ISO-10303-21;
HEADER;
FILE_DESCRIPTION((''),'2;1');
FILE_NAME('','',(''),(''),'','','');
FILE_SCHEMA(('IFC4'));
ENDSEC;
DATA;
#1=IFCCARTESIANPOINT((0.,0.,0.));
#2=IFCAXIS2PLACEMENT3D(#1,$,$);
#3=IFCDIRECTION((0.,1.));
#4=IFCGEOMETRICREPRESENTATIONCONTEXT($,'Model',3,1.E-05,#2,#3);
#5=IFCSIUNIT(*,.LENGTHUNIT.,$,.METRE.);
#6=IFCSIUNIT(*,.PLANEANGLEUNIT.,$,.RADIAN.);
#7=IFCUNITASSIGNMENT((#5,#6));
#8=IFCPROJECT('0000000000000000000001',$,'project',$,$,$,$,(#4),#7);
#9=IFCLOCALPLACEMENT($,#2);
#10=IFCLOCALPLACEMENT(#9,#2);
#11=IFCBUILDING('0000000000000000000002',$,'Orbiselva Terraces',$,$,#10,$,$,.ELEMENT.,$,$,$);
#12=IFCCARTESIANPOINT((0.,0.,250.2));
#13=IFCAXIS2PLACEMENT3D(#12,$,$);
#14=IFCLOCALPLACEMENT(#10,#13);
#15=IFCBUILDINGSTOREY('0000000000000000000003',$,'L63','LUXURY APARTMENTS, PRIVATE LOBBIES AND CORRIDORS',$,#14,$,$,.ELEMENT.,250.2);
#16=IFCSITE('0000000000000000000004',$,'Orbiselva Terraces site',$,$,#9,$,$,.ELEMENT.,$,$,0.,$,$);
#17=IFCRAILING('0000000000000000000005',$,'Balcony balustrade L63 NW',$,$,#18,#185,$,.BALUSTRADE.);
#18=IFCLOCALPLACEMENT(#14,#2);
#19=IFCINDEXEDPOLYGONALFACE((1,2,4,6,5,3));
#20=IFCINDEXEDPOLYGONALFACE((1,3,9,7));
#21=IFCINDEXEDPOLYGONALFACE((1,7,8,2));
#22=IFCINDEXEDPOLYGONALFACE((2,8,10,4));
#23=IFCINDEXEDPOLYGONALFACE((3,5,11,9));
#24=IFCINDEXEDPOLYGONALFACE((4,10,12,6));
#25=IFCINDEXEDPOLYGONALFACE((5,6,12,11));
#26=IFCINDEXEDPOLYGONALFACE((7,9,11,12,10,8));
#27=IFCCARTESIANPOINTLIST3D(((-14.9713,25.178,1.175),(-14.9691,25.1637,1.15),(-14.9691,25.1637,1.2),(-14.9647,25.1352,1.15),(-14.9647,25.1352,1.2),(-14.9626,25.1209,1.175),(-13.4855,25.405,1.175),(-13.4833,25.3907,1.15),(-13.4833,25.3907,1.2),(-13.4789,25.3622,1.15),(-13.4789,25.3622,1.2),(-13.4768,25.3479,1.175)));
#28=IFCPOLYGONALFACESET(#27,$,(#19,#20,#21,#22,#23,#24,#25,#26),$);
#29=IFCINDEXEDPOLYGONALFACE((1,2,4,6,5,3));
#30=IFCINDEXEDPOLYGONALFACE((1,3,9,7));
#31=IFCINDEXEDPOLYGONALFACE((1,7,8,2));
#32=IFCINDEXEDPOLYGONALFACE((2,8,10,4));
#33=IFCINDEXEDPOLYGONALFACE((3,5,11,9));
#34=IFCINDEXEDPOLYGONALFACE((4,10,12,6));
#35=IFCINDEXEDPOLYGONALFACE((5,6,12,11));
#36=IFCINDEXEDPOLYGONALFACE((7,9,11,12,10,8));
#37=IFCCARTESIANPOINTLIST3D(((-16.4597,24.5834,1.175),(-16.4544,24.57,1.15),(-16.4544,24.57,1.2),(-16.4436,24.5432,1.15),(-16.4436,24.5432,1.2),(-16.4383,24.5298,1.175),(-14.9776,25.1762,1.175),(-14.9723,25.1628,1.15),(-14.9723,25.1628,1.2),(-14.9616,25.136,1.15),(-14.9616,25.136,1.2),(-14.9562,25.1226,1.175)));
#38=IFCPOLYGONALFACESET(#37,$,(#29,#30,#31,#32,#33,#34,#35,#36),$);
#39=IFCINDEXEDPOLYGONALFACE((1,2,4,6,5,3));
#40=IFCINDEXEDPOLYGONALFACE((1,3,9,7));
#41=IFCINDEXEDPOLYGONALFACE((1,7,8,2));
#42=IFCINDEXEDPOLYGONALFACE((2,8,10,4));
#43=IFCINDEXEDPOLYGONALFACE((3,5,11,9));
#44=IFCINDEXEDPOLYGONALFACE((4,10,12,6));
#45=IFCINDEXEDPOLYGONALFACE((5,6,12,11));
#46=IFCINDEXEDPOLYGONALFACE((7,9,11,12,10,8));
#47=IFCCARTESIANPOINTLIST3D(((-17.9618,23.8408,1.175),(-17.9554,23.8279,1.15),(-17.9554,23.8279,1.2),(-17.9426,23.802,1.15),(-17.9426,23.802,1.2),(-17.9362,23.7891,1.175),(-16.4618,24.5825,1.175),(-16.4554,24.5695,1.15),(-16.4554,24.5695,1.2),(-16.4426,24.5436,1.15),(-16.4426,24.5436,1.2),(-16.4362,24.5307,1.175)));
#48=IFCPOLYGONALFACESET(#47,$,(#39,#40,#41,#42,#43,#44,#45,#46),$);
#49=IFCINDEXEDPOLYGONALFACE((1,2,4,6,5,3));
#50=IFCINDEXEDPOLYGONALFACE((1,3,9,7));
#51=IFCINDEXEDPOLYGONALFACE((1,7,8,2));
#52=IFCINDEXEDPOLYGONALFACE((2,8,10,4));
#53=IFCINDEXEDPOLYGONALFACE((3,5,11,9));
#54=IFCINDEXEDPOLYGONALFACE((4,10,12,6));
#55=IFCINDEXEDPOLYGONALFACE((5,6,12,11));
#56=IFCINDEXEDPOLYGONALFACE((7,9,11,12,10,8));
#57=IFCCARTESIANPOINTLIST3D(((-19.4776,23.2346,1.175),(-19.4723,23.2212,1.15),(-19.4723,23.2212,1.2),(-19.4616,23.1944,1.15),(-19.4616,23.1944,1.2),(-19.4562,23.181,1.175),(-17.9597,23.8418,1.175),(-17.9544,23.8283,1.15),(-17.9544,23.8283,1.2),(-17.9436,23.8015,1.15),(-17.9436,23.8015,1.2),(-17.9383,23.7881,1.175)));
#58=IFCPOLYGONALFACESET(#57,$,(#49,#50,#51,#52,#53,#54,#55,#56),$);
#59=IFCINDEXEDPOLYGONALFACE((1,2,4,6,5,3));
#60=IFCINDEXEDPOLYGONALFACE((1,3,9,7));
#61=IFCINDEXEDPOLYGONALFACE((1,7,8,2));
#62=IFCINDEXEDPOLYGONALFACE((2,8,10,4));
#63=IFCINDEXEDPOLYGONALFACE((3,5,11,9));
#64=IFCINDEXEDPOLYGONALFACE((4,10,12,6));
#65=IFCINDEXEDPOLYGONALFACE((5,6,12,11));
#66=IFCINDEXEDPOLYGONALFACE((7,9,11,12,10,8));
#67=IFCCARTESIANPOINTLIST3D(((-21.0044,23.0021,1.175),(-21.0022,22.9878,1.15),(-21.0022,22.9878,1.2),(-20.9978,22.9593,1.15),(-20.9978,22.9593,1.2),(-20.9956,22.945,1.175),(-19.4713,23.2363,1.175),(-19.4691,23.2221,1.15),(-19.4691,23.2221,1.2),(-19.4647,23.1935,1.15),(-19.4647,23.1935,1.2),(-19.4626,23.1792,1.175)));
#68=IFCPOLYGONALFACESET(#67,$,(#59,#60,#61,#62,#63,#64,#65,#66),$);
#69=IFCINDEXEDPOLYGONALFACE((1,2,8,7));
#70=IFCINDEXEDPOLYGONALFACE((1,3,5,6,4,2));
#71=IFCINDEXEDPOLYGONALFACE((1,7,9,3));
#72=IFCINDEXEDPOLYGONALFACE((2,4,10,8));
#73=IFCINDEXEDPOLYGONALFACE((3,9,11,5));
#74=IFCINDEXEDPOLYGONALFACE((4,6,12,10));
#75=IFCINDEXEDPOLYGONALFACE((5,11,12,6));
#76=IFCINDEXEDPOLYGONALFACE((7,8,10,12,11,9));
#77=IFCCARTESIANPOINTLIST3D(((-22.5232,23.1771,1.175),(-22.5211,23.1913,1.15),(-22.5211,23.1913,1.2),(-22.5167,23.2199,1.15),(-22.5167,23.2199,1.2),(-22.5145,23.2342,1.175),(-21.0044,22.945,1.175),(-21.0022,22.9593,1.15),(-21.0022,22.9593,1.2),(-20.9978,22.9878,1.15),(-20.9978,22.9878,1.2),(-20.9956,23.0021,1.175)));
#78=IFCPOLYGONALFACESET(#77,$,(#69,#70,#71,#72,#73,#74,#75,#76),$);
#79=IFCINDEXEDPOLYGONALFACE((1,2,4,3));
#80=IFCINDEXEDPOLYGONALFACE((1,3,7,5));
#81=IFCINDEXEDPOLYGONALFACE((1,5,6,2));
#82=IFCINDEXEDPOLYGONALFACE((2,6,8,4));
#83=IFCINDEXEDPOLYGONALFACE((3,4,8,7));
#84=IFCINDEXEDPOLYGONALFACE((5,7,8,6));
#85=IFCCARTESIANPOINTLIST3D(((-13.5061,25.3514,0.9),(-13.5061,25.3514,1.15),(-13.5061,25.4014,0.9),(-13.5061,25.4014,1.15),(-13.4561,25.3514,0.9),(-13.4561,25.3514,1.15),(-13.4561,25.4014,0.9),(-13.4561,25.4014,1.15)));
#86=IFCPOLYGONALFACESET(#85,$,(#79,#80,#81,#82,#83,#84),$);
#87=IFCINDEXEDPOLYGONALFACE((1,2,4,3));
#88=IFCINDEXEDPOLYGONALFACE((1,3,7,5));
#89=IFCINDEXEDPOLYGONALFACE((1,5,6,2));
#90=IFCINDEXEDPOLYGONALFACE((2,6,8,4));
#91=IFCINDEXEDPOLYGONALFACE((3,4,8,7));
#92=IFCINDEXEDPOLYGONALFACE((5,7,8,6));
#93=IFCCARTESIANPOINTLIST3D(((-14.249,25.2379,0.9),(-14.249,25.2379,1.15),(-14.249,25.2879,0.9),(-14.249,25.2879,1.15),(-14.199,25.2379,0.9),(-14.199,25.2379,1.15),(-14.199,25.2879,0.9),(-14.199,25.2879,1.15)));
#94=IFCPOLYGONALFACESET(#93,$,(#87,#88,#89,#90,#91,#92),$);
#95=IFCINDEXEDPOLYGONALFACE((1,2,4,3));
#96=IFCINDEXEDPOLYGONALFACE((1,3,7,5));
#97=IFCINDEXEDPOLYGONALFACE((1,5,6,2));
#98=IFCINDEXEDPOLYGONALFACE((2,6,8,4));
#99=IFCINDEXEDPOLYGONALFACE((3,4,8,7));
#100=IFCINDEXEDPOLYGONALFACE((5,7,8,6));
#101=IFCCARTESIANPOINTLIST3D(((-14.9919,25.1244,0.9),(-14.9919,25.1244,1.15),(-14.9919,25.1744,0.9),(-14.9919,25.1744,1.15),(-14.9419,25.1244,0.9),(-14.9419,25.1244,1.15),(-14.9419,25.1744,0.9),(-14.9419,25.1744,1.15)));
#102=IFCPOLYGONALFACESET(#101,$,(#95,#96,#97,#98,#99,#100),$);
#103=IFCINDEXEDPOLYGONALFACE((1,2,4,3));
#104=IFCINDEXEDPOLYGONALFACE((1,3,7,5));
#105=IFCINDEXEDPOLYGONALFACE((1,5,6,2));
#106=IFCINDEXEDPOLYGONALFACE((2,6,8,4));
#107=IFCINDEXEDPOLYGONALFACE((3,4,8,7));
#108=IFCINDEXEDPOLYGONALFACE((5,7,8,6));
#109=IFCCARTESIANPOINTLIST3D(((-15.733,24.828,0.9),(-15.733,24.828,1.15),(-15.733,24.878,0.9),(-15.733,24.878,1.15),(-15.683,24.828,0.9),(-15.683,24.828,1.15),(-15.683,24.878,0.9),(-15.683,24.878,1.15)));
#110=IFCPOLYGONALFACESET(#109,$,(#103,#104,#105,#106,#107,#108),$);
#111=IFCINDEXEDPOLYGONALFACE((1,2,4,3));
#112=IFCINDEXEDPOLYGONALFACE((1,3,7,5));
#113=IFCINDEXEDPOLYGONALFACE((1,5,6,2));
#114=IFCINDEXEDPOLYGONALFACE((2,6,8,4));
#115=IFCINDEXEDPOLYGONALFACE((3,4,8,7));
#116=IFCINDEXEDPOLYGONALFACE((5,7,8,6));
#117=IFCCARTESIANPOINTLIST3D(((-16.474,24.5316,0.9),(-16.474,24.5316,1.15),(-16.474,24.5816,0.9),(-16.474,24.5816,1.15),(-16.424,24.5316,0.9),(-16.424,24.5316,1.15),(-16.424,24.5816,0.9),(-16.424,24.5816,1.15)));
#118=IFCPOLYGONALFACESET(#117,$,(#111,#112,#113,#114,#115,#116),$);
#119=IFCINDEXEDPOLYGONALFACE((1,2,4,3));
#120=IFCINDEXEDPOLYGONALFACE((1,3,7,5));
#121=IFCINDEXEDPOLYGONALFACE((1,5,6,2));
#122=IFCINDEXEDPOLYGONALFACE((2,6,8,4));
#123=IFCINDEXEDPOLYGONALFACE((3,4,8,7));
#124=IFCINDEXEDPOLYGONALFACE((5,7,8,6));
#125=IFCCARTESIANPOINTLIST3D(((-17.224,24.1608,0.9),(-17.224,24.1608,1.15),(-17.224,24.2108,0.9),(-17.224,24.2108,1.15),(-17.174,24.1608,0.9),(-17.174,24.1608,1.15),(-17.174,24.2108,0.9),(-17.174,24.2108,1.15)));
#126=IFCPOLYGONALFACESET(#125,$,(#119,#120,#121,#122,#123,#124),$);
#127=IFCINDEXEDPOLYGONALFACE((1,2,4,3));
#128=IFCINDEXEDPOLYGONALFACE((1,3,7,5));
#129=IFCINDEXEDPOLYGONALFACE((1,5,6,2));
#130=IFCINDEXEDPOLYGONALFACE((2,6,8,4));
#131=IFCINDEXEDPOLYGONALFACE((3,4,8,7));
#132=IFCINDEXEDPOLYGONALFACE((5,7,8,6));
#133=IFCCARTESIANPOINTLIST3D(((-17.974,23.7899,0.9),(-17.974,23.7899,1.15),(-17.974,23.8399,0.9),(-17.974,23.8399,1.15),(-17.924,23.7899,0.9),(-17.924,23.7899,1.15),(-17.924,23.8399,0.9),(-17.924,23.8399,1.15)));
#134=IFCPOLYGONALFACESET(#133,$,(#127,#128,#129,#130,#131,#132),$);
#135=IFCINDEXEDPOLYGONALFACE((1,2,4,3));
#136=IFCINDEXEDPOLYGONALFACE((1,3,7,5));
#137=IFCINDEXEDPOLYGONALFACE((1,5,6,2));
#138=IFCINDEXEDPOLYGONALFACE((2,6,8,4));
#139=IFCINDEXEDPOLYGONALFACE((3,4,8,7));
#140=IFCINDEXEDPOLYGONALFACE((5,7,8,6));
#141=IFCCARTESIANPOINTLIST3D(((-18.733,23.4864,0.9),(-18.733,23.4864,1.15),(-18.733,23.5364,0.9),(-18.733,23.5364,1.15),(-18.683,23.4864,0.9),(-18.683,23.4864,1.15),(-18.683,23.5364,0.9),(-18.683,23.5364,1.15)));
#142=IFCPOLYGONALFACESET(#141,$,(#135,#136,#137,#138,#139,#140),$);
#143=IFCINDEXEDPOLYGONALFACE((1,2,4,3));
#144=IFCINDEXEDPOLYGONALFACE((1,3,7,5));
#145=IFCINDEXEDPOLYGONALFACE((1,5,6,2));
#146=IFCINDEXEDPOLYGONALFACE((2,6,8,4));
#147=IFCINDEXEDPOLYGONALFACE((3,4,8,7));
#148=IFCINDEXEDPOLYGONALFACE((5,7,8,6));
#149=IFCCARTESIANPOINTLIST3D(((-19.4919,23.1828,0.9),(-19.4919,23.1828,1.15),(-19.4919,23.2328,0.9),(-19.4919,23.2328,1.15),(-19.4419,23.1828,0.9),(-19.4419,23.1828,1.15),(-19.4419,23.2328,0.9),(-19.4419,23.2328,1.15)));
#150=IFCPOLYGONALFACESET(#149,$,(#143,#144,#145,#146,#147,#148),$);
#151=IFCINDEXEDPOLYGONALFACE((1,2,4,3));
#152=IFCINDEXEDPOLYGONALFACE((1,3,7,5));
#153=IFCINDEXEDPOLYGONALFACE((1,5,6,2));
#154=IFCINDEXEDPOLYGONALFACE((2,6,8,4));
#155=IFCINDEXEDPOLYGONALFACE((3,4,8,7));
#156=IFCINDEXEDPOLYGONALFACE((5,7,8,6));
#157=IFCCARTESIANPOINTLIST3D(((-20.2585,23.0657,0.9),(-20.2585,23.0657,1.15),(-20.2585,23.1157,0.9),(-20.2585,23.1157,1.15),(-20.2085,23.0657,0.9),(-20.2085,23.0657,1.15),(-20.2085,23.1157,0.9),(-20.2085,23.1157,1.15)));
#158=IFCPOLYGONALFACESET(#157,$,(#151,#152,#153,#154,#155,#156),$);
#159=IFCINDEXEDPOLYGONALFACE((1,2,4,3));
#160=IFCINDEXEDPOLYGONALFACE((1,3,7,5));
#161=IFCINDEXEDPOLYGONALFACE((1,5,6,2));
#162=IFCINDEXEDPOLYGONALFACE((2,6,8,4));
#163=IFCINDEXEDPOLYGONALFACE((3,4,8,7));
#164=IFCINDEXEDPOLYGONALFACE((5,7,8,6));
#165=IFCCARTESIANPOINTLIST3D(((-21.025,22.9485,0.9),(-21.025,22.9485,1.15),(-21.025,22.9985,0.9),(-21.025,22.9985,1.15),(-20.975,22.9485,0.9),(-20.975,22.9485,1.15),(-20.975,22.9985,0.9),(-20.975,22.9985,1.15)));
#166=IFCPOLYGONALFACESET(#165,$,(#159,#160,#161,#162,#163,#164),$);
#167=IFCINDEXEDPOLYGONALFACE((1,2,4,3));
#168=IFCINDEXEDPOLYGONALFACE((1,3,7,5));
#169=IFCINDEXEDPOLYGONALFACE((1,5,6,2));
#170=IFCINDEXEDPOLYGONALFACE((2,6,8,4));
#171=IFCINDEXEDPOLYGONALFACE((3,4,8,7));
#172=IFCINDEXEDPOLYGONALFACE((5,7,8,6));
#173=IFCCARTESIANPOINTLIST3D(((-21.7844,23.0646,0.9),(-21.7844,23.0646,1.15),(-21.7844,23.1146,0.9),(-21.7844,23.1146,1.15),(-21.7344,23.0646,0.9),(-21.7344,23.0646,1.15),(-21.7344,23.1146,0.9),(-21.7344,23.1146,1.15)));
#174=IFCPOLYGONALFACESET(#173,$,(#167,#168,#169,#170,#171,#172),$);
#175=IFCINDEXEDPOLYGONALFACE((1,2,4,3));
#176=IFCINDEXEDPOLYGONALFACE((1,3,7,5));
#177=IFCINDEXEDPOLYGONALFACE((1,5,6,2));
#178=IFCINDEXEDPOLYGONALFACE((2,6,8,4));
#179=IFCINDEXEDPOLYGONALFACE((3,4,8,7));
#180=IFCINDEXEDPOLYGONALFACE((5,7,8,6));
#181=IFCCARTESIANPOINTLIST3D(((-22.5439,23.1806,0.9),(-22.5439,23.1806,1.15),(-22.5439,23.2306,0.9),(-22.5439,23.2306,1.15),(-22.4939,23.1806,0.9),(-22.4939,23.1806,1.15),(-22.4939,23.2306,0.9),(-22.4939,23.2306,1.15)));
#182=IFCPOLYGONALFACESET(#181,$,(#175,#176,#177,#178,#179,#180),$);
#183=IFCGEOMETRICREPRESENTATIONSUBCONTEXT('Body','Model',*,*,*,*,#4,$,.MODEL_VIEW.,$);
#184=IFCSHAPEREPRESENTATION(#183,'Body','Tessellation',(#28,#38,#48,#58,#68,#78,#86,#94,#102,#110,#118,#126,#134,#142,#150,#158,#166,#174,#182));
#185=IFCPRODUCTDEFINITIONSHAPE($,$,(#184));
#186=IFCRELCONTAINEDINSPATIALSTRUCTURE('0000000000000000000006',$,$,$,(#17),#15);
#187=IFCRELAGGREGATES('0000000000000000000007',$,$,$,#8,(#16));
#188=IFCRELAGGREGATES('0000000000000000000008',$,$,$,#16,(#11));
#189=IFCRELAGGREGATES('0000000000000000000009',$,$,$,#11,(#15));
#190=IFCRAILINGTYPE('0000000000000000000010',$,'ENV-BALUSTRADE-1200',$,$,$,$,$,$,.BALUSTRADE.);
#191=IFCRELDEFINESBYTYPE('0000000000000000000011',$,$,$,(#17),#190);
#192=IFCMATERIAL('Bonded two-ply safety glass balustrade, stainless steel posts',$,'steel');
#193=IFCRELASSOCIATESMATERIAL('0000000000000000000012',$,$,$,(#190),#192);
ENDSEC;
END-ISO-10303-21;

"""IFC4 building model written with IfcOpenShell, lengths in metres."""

from ifc_helpers import new_model, si_unit, direction, frame, origin, origin_2d, place, context, subcontext, project, spatial, polyline, rectangle, outline, extrude, material, type_object, element, save


model = new_model("IFC4")

# Units and contexts
model_context = context("Model", 3, precision=1e-05, world=origin(), true_north=direction((0.0, 1.0)))
body_context = subcontext(model_context, "Body", "Model", "MODEL_VIEW")
ifc_project = project(units=[si_unit("LENGTHUNIT", "METRE"), si_unit("PLANEANGLEUNIT", "RADIAN")], contexts=[model_context])

# Site, building, storey
site_placement = place(None, origin())
site = spatial("IfcSite", under=ifc_project, at=site_placement, Name="Orbiselva Terraces site", CompositionType="ELEMENT", RefElevation=0.0)
building_placement = place(site_placement, origin())
building = spatial("IfcBuilding", under=site, at=building_placement, Name="Orbiselva Terraces", CompositionType="ELEMENT")
storey_placement = place(building_placement, frame((0.0, 0.0, 250.2)))
storey = spatial("IfcBuildingStorey", under=building, at=storey_placement, Name="L63", Description="LUXURY APARTMENTS, PRIVATE LOBBIES AND CORRIDORS", CompositionType="ELEMENT", Elevation=250.2)

# Railing
ifc_material_1 = material(Name="Bonded two-ply safety glass balustrade, stainless steel posts", Category="steel")
railing_type_1 = type_object("IfcRailingType", Name="ENV-BALUSTRADE-1200", PredefinedType="BALUSTRADE", material=ifc_material_1)
railing_1_placement = place(storey_placement, frame((-13.4811, 25.3764, 0.9)))
element("IfcRailing", 1, at=railing_1_placement, inside=storey, type_object=railing_type_1, Name="Balcony balustrade L63 NW", PredefinedType="BALUSTRADE", context=body_context, shape_type="SweptSolid", body=[
    extrude(outline(polyline([(0.0289, 0.0), (0.0144, 0.025), (-0.0144, 0.025), (-0.0289, 0.0), (-0.0144, -0.025), (0.0144, -0.025), (0.0289, 0.0)])), frame((0.0, 0.0, 0.275), z_axis=(-0.988529, -0.151034, 0.0), x_axis=(0.151034, -0.988529, 0.0)), (0.0, 0.0, 1.0), 1.503),
    extrude(outline(polyline([(0.0289, 0.0), (0.0144, 0.025), (-0.0144, 0.025), (-0.0289, 0.0), (-0.0144, -0.025), (0.0144, -0.025), (0.0289, 0.0)])), frame((-1.4858, -0.227, 0.275), z_axis=(-0.928477, -0.371391, 0.0), x_axis=(0.371391, -0.928477, 0.0)), (0.0, 0.0, 1.0), 1.5963),
    extrude(outline(polyline([(0.0289, 0.0), (0.0144, 0.025), (-0.0144, 0.025), (-0.0289, 0.0), (-0.0144, -0.025), (0.0144, -0.025), (0.0289, 0.0)])), frame((-2.9679, -0.8198, 0.275), z_axis=(-0.896417, -0.443212, 0.0), x_axis=(0.443212, -0.896417, 0.0)), (0.0, 0.0, 1.0), 1.6733),
    extrude(outline(polyline([(0.0289, 0.0), (0.0144, 0.025), (-0.0144, 0.025), (-0.0289, 0.0), (-0.0144, -0.025), (0.0144, -0.025), (0.0289, 0.0)])), frame((-4.4679, -1.5615, 0.275), z_axis=(-0.928477, -0.37139, 0.0), x_axis=(0.37139, -0.928477, 0.0)), (0.0, 0.0, 1.0), 1.6348),
    extrude(outline(polyline([(0.0289, 0.0), (0.0144, 0.025), (-0.0144, 0.025), (-0.0289, 0.0), (-0.0144, -0.025), (0.0144, -0.025), (0.0289, 0.0)])), frame((-5.9858, -2.1686, 0.275), z_axis=(-0.988529, -0.151034, 0.0), x_axis=(0.151034, -0.988529, 0.0)), (0.0, 0.0, 1.0), 1.5509),
    extrude(outline(polyline([(0.0289, 0.0), (0.0144, 0.025), (-0.0144, 0.025), (-0.0289, 0.0), (-0.0144, -0.025), (0.0144, -0.025), (0.0289, 0.0)])), frame((-7.5189, -2.4029, 0.275), z_axis=(-0.988529, 0.151034, 0.0), x_axis=(-0.151034, -0.988529, 0.0)), (0.0, 0.0, 1.0), 1.5365),
    extrude(rectangle(XDim=0.05, YDim=0.05, at=origin_2d()), origin(), (0.0, 0.0, 1.0), 0.25),
    extrude(rectangle(XDim=0.05, YDim=0.05, at=origin_2d()), frame((-0.7429, -0.1135, 0.0)), (0.0, 0.0, 1.0), 0.25),
    extrude(rectangle(XDim=0.05, YDim=0.05, at=origin_2d()), frame((-1.4858, -0.227, 0.0)), (0.0, 0.0, 1.0), 0.25),
    extrude(rectangle(XDim=0.05, YDim=0.05, at=origin_2d()), frame((-2.2268, -0.5234, 0.0)), (0.0, 0.0, 1.0), 0.25),
    extrude(rectangle(XDim=0.05, YDim=0.05, at=origin_2d()), frame((-2.9679, -0.8198, 0.0)), (0.0, 0.0, 1.0), 0.25),
    extrude(rectangle(XDim=0.05, YDim=0.05, at=origin_2d()), frame((-3.7179, -1.1907, 0.0)), (0.0, 0.0, 1.0), 0.25),
    extrude(rectangle(XDim=0.05, YDim=0.05, at=origin_2d()), frame((-4.4679, -1.5615, 0.0)), (0.0, 0.0, 1.0), 0.25),
    extrude(rectangle(XDim=0.05, YDim=0.05, at=origin_2d()), frame((-5.2268, -1.8651, 0.0)), (0.0, 0.0, 1.0), 0.25),
    extrude(rectangle(XDim=0.05, YDim=0.05, at=origin_2d()), frame((-5.9858, -2.1686, 0.0)), (0.0, 0.0, 1.0), 0.25),
    extrude(rectangle(XDim=0.05, YDim=0.05, at=origin_2d()), frame((-6.7523, -2.2858, 0.0)), (0.0, 0.0, 1.0), 0.25),
    extrude(rectangle(XDim=0.05, YDim=0.05, at=origin_2d()), frame((-7.5189, -2.4029, 0.0)), (0.0, 0.0, 1.0), 0.25),
    extrude(rectangle(XDim=0.05, YDim=0.05, at=origin_2d()), frame((-8.2783, -2.2869, 0.0)), (0.0, 0.0, 1.0), 0.25),
    extrude(rectangle(XDim=0.05, YDim=0.05, at=origin_2d()), frame((-9.0378, -2.1708, 0.0)), (0.0, 0.0, 1.0), 0.25),
])

save(model, "model.ifc")
